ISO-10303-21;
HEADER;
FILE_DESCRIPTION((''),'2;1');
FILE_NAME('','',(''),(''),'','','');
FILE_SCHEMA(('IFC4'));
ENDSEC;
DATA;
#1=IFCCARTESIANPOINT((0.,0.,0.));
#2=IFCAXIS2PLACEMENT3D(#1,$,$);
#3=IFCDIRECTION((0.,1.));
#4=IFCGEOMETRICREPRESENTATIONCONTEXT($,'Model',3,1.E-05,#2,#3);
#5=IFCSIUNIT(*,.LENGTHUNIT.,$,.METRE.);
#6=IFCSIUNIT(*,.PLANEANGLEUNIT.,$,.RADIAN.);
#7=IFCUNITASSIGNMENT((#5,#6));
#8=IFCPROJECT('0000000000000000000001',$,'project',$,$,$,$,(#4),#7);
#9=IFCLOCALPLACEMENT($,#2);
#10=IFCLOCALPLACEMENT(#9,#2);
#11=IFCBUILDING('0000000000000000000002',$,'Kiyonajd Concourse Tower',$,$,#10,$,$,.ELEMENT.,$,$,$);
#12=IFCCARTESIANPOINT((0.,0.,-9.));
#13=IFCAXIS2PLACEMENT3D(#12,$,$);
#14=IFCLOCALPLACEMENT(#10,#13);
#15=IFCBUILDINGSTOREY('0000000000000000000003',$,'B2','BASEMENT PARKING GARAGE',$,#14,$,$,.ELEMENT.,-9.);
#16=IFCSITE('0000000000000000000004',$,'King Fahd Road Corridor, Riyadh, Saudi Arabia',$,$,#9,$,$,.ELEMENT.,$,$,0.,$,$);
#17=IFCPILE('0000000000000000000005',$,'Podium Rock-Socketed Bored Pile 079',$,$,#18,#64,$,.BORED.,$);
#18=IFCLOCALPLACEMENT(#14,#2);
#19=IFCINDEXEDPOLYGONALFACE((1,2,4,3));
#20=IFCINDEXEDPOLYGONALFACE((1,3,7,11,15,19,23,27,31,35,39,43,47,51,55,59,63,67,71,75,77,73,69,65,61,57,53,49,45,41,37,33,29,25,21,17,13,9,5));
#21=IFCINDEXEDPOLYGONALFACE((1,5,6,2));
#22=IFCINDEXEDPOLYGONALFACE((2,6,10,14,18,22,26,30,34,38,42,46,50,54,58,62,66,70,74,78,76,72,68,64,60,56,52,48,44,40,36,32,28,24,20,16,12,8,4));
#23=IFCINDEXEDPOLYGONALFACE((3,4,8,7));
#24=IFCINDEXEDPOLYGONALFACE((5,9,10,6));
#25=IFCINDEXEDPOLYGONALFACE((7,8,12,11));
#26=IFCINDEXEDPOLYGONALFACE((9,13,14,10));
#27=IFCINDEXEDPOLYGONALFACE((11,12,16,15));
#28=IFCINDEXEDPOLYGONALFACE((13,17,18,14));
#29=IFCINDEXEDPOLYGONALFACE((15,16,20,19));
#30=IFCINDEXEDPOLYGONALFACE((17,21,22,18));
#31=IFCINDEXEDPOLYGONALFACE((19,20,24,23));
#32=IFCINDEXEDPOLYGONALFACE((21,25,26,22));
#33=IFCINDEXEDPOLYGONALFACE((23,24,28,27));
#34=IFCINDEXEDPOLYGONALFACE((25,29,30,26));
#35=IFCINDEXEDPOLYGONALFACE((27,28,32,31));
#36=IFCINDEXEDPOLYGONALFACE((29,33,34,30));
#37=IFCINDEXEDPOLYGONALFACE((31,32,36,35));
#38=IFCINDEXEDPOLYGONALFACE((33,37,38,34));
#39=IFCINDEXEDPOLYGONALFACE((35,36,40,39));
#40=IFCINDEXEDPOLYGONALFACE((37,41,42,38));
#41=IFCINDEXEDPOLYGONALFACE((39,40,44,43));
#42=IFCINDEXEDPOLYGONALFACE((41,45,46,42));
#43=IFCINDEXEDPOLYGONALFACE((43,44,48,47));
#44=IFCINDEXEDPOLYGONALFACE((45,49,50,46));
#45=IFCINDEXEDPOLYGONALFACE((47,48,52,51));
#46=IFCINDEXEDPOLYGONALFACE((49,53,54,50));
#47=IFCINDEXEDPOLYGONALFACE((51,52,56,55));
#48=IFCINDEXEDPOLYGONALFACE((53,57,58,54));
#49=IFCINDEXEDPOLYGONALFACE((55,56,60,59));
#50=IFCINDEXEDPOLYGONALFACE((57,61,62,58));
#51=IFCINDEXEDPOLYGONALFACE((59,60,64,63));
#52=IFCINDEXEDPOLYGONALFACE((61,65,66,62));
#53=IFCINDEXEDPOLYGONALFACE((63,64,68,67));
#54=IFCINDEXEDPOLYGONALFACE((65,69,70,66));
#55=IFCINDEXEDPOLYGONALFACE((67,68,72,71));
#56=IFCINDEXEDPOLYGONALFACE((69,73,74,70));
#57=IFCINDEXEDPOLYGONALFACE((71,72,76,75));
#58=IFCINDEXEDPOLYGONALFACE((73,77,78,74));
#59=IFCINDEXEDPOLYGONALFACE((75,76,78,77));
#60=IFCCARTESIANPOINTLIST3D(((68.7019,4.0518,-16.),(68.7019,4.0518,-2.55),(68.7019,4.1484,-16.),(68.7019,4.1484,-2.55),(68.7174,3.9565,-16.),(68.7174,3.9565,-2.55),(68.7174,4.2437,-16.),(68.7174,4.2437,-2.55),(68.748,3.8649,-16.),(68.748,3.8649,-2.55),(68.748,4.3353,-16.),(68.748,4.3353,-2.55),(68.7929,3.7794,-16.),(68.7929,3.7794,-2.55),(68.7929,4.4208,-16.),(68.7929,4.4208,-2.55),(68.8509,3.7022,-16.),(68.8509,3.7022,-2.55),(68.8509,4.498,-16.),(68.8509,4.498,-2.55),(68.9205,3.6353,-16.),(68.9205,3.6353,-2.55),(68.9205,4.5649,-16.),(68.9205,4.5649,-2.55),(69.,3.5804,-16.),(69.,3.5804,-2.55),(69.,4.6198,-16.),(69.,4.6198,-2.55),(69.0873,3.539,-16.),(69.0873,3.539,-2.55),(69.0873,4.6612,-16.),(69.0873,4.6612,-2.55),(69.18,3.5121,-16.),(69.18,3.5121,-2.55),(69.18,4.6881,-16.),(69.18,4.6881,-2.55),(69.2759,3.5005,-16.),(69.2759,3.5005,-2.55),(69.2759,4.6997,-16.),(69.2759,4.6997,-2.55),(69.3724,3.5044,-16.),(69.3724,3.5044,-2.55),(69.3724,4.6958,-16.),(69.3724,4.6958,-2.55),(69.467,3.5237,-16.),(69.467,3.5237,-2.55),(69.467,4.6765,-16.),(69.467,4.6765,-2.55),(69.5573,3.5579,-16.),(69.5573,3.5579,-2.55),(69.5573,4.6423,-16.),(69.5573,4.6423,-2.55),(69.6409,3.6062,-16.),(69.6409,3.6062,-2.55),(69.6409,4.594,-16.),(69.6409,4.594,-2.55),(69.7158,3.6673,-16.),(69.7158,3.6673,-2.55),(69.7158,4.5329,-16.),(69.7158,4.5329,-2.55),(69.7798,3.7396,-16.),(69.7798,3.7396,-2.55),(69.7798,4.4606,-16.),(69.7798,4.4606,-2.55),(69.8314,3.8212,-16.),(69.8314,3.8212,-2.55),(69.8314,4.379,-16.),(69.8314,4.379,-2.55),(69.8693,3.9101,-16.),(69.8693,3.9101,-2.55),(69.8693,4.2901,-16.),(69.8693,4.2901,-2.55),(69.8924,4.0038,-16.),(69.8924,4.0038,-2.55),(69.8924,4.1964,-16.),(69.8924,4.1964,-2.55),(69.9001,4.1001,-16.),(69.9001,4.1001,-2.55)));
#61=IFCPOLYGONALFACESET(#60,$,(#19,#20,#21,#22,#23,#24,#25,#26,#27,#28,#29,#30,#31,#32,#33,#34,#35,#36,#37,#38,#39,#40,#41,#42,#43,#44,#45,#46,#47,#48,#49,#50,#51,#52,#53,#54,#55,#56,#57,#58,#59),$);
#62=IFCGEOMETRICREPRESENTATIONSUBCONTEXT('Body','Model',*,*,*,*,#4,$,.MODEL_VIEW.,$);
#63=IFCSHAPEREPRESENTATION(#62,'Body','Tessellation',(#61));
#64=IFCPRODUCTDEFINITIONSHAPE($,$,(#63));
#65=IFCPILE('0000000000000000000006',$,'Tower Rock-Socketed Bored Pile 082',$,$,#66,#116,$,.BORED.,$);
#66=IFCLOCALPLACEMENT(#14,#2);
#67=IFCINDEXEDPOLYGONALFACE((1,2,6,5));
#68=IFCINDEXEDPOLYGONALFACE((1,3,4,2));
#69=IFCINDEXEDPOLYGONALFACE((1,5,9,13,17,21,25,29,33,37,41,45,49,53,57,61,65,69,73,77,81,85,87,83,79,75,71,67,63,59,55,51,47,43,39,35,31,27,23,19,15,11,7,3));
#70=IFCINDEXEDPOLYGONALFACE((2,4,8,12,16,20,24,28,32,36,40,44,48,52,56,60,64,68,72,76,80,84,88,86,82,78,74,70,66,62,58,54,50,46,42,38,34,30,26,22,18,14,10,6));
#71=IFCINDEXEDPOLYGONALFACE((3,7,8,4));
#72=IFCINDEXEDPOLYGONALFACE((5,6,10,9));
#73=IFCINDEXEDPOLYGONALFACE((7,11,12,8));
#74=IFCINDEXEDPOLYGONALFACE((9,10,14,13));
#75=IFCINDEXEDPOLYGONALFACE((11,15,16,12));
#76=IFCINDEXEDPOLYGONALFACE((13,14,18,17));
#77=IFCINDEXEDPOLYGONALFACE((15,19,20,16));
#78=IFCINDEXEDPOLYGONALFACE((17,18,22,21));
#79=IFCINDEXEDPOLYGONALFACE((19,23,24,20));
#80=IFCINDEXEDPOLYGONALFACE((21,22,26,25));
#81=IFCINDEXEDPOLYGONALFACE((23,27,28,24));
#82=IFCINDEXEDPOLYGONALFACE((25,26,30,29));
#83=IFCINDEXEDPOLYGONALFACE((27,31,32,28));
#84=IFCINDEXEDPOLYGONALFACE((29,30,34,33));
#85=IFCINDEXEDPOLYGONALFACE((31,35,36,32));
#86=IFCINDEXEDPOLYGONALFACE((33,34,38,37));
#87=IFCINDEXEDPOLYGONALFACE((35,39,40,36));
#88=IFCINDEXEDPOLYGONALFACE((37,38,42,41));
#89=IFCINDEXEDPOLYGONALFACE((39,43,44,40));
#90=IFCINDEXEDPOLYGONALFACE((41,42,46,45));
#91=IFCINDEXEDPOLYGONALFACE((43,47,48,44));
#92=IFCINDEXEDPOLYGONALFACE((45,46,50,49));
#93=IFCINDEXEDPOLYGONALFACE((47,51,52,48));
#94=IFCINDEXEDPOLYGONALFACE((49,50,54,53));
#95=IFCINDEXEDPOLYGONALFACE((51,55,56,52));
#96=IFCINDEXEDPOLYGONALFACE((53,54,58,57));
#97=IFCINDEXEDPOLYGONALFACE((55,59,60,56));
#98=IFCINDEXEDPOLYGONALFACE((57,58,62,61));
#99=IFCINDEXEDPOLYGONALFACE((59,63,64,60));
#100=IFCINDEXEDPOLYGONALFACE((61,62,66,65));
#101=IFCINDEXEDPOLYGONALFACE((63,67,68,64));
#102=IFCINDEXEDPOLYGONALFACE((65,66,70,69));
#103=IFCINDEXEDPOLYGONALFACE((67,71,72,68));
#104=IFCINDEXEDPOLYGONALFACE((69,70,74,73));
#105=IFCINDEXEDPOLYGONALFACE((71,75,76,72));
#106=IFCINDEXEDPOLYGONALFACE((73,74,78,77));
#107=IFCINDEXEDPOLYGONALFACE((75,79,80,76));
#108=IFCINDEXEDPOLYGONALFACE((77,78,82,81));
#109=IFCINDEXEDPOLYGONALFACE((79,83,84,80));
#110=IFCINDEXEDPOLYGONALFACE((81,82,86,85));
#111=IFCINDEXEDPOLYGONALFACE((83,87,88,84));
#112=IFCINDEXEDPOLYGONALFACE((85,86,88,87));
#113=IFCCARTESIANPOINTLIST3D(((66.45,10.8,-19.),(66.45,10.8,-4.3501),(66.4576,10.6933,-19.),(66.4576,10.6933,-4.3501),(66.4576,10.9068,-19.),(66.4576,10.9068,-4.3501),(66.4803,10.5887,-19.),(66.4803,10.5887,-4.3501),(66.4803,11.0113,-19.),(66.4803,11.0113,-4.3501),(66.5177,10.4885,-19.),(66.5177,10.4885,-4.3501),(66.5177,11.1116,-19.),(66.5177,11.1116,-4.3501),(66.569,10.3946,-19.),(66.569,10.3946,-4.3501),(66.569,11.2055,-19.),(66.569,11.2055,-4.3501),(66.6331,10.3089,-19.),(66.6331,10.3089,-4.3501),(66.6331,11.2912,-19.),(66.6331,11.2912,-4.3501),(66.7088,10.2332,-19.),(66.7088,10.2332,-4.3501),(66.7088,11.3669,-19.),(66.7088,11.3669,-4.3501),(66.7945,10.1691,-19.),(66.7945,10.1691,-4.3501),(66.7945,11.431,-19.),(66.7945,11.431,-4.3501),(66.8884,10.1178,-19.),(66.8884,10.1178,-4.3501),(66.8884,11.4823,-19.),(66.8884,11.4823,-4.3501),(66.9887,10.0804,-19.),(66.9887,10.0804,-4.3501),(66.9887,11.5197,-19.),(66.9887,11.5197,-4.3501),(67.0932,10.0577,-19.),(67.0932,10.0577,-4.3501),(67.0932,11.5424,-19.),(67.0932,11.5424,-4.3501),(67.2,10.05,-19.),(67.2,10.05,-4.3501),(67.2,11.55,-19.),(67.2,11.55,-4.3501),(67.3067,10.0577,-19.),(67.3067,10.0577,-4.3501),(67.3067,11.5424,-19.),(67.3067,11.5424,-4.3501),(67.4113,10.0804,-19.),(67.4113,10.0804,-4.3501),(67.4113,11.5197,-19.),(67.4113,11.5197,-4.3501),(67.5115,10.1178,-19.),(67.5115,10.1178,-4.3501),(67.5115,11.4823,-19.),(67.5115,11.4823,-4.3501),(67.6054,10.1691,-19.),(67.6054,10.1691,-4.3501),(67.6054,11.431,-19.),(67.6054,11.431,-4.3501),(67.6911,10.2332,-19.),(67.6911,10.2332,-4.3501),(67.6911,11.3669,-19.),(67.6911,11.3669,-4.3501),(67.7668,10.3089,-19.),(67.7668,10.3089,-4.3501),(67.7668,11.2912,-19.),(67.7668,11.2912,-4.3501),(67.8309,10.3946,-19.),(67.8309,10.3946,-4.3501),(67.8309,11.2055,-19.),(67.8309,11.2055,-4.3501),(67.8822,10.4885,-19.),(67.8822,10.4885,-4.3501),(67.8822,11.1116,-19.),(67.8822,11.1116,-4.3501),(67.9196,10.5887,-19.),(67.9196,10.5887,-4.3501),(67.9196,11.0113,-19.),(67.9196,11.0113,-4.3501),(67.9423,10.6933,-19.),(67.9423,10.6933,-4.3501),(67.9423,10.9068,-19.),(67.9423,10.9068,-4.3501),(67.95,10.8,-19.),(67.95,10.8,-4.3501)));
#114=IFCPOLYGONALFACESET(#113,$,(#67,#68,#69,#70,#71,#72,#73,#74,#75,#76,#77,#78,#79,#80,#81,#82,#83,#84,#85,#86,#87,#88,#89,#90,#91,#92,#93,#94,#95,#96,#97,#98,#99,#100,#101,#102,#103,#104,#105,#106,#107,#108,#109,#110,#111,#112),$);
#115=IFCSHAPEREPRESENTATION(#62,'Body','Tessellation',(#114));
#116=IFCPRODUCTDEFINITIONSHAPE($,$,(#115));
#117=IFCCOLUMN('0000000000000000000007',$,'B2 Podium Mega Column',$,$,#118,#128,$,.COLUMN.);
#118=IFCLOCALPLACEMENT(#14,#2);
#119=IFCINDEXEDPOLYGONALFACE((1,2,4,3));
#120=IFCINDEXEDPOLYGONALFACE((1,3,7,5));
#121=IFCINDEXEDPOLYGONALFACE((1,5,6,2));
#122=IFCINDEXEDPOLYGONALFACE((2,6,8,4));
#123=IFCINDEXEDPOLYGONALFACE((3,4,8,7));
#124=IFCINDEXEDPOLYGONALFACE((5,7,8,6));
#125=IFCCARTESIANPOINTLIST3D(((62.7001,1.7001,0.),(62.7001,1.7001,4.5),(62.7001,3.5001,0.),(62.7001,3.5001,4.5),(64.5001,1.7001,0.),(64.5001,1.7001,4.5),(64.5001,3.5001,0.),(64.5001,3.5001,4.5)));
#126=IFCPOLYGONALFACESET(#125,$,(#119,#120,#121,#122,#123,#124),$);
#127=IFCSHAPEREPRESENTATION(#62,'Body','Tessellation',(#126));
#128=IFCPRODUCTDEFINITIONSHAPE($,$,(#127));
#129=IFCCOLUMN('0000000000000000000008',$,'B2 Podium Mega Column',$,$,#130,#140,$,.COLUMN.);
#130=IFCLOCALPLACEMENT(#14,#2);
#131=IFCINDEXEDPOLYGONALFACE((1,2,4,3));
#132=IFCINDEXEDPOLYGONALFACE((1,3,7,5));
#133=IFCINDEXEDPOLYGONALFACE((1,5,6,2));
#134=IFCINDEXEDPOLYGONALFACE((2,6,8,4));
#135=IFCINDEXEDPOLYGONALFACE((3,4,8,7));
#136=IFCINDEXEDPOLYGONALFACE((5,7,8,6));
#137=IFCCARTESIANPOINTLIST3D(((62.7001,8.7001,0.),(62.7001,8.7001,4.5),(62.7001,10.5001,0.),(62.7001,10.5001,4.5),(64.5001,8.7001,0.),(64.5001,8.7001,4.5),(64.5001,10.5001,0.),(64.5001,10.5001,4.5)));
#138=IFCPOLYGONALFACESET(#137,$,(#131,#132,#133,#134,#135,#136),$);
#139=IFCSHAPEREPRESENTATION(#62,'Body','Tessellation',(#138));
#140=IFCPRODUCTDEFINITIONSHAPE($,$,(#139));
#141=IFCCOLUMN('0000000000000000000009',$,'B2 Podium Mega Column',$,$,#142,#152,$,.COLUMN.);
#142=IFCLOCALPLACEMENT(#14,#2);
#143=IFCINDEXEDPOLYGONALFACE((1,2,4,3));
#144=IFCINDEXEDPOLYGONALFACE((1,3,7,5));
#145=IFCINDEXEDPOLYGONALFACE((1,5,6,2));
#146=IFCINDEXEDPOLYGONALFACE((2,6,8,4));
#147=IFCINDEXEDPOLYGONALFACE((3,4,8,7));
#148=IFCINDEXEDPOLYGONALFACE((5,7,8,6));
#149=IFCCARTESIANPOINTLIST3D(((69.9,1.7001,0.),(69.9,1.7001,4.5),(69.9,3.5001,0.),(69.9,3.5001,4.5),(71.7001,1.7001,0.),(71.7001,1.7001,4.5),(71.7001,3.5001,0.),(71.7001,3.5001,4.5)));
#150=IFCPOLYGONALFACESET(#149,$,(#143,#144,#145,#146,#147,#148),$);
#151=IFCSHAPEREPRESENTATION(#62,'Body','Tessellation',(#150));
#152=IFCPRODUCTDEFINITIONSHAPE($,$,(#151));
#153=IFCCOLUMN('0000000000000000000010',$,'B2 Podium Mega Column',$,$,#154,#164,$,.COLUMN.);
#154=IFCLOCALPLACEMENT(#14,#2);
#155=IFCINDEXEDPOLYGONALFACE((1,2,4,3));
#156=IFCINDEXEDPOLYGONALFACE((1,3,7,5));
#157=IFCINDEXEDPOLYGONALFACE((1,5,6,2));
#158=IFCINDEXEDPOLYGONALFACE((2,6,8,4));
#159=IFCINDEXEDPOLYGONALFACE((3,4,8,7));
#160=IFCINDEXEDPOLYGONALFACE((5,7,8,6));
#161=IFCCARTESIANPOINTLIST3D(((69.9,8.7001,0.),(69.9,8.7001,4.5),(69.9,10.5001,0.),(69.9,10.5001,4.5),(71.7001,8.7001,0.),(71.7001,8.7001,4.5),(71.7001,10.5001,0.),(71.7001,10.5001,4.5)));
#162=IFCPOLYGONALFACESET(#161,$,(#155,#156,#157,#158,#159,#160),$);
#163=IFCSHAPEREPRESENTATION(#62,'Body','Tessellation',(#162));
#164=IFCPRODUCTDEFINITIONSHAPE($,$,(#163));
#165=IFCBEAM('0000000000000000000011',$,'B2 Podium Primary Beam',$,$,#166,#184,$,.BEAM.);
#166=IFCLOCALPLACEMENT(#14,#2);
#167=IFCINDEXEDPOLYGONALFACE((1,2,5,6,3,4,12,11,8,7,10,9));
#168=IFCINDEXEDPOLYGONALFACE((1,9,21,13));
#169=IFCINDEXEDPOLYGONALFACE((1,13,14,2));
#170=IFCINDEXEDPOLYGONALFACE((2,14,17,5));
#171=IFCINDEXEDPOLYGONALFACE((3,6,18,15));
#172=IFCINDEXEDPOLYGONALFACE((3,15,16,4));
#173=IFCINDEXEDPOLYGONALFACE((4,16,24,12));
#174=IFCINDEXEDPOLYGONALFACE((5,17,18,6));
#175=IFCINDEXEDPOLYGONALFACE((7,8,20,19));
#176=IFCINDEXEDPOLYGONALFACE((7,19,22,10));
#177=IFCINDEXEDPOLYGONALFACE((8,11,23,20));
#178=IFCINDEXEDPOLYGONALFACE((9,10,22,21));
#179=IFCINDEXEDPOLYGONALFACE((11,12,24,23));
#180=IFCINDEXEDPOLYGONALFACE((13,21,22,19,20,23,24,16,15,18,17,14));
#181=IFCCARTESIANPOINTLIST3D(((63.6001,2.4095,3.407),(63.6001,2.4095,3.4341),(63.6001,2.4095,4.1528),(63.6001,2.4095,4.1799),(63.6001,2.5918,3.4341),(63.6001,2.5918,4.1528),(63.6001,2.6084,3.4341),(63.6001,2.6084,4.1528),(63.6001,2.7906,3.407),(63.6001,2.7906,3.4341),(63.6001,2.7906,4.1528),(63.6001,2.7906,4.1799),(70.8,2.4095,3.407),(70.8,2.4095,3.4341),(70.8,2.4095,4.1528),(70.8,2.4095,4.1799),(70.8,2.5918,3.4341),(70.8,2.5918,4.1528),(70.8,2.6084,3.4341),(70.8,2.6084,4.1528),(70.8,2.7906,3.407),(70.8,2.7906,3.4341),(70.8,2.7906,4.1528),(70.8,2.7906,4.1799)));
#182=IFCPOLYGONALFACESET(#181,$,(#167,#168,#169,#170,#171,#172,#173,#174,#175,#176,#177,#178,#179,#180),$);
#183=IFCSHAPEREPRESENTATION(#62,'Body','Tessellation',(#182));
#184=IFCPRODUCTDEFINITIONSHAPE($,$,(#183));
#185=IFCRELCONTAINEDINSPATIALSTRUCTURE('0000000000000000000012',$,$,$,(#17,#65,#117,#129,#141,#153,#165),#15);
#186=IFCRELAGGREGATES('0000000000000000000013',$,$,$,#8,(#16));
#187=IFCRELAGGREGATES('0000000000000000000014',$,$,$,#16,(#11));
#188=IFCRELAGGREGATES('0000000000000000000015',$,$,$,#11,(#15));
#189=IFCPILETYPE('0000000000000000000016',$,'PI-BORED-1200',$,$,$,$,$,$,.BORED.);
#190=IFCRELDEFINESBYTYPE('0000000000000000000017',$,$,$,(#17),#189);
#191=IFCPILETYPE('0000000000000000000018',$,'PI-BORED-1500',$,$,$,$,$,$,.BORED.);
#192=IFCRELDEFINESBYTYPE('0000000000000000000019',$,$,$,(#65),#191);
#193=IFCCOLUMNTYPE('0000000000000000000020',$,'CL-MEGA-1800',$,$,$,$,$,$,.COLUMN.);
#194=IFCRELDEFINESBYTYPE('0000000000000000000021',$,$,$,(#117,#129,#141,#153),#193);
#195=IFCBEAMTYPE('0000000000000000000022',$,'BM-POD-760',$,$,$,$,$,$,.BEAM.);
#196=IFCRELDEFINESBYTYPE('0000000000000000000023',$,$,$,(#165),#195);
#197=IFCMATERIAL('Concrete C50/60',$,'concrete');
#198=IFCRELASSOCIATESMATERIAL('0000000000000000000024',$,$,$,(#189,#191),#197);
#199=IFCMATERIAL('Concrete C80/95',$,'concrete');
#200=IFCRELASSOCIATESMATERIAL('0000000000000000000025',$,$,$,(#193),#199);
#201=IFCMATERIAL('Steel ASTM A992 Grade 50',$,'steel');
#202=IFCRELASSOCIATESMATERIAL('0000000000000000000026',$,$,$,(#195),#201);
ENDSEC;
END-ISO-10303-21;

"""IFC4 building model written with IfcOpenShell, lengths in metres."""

from ifc_helpers import new_model, si_unit, direction, frame, origin, origin_2d, place, context, subcontext, project, spatial, rectangle, circle, i_section, extrude, material, material_profile, profile_set, type_object, element, save


model = new_model("IFC4")

# Units and contexts
model_context = context("Model", 3, precision=1e-05, world=origin(), true_north=direction((0.0, 1.0)))
body_context = subcontext(model_context, "Body", "Model", "MODEL_VIEW")
ifc_project = project(units=[si_unit("LENGTHUNIT", "METRE"), si_unit("PLANEANGLEUNIT", "RADIAN")], contexts=[model_context])

# Site, building, storey
site_placement = place(None, origin())
site = spatial("IfcSite", under=ifc_project, at=site_placement, Name="King Fahd Road Corridor, Riyadh, Saudi Arabia", CompositionType="ELEMENT", RefElevation=0.0)
building_placement = place(site_placement, origin())
building = spatial("IfcBuilding", under=site, at=building_placement, Name="Kiyonajd Concourse Tower", CompositionType="ELEMENT")
storey_placement = place(building_placement, frame((0.0, 0.0, -9.0)))
storey = spatial("IfcBuildingStorey", under=building, at=storey_placement, Name="B2", Description="BASEMENT PARKING GARAGE", CompositionType="ELEMENT", Elevation=-9.0)

# Shared definitions
ifc_material_1 = material(Name="Concrete C50/60", Category="concrete")

# Piles
ifc_material_profile_1 = material_profile(ifc_material_1, circle(Radius=0.6001, at=origin_2d()), Name="PILE-D1200")
ifc_profile_set_1 = profile_set([ifc_material_profile_1], Name="Concrete C50/60")
pile_type_1 = type_object("IfcPileType", Name="PI-BORED-1200", PredefinedType="BORED", material=ifc_profile_set_1)
for number, where, z_axis, x_axis, name in (
    (1, (69.3, 4.1001, -2.55), (0.0, 0.0, -1.0), (1.0, 0.0, 0.0), "Podium Rock-Socketed Bored Pile 079"),
):
    element("IfcPile", number, at=place(storey_placement, frame(where, z_axis=z_axis, x_axis=x_axis)), inside=storey, type_object=pile_type_1, Name=name, PredefinedType="BORED", context=body_context, shape_type="SweptSolid", body=[
        extrude(circle(Radius=0.6001, at=origin_2d()), origin(), (0.0, 0.0, 1.0), 13.45),
    ])
ifc_material_profile_2 = material_profile(ifc_material_1, circle(Radius=0.75, at=origin_2d()), Name="PILE-D1500")
ifc_profile_set_2 = profile_set([ifc_material_profile_2], Name="Concrete C50/60")
pile_type_2 = type_object("IfcPileType", Name="PI-BORED-1500", PredefinedType="BORED", material=ifc_profile_set_2)
pile_placement = place(storey_placement, frame((67.2, 10.8, -4.3501), z_axis=(0.0, 0.0, -1.0), x_axis=(1.0, 0.0, 0.0)))
element("IfcPile", 2, at=pile_placement, inside=storey, type_object=pile_type_2, Name="Tower Rock-Socketed Bored Pile 082", PredefinedType="BORED", context=body_context, shape_type="SweptSolid", body=[
    extrude(circle(Radius=0.75, at=origin_2d()), origin(), (0.0, 0.0, 1.0), 14.6499),
])

# Columns
ifc_material_2 = material(Name="Concrete C80/95", Category="concrete")
ifc_material_profile_3 = material_profile(ifc_material_2, rectangle(XDim=1.8, YDim=1.8, at=origin_2d()), Name="RC-1800x1800")
ifc_profile_set_3 = profile_set([ifc_material_profile_3], Name="Concrete C80/95")
column_type = type_object("IfcColumnType", Name="CL-MEGA-1800", PredefinedType="COLUMN", material=ifc_profile_set_3)
for number, where, z_axis, x_axis, name in (
    (3, (63.6001, 2.6001, 0.0), (0.0, 0.0, 1.0), (1.0, 0.0, 0.0), "B2 Podium Mega Column"),
    (4, (63.6001, 9.6001, 0.0), (0.0, 0.0, 1.0), (1.0, 0.0, 0.0), "B2 Podium Mega Column"),
    (5, (70.8, 2.6001, 0.0), (0.0, 0.0, 1.0), (1.0, 0.0, 0.0), "B2 Podium Mega Column"),
    (6, (70.8, 9.6001, 0.0), (0.0, 0.0, 1.0), (1.0, 0.0, 0.0), "B2 Podium Mega Column"),
):
    element("IfcColumn", number, at=place(storey_placement, frame(where, z_axis=z_axis, x_axis=x_axis)), inside=storey, type_object=column_type, Name=name, PredefinedType="COLUMN", context=body_context, shape_type="SweptSolid", body=[
        extrude(rectangle(XDim=1.8, YDim=1.8, at=origin_2d()), origin(), (0.0, 0.0, 1.0), 4.5),
    ])

# Beam
ifc_material_3 = material(Name="Steel ASTM A992 Grade 50", Category="steel")
ifc_material_profile_4 = material_profile(ifc_material_3, i_section(OverallWidth=0.3811, OverallDepth=0.7729, WebThickness=0.0166, FlangeThickness=0.0271, at=origin_2d()), Name="W760X257")
ifc_profile_set_4 = profile_set([ifc_material_profile_4], Name="Steel ASTM A992 Grade 50")
beam_type = type_object("IfcBeamType", Name="BM-POD-760", PredefinedType="BEAM", material=ifc_profile_set_4)
beam_1_placement = place(storey_placement, frame((63.6001, 2.6001, 3.7935), z_axis=(1.0, 0.0, 0.0), x_axis=(0.0, 1.0, 0.0)))
element("IfcBeam", 7, at=beam_1_placement, inside=storey, type_object=beam_type, Name="B2 Podium Primary Beam", PredefinedType="BEAM", context=body_context, shape_type="SweptSolid", body=[
    extrude(i_section(OverallWidth=0.3811, OverallDepth=0.7729, WebThickness=0.0166, FlangeThickness=0.0271, at=origin_2d()), origin(), (0.0, 0.0, 1.0), 7.2),
])

save(model, "model.ifc")
